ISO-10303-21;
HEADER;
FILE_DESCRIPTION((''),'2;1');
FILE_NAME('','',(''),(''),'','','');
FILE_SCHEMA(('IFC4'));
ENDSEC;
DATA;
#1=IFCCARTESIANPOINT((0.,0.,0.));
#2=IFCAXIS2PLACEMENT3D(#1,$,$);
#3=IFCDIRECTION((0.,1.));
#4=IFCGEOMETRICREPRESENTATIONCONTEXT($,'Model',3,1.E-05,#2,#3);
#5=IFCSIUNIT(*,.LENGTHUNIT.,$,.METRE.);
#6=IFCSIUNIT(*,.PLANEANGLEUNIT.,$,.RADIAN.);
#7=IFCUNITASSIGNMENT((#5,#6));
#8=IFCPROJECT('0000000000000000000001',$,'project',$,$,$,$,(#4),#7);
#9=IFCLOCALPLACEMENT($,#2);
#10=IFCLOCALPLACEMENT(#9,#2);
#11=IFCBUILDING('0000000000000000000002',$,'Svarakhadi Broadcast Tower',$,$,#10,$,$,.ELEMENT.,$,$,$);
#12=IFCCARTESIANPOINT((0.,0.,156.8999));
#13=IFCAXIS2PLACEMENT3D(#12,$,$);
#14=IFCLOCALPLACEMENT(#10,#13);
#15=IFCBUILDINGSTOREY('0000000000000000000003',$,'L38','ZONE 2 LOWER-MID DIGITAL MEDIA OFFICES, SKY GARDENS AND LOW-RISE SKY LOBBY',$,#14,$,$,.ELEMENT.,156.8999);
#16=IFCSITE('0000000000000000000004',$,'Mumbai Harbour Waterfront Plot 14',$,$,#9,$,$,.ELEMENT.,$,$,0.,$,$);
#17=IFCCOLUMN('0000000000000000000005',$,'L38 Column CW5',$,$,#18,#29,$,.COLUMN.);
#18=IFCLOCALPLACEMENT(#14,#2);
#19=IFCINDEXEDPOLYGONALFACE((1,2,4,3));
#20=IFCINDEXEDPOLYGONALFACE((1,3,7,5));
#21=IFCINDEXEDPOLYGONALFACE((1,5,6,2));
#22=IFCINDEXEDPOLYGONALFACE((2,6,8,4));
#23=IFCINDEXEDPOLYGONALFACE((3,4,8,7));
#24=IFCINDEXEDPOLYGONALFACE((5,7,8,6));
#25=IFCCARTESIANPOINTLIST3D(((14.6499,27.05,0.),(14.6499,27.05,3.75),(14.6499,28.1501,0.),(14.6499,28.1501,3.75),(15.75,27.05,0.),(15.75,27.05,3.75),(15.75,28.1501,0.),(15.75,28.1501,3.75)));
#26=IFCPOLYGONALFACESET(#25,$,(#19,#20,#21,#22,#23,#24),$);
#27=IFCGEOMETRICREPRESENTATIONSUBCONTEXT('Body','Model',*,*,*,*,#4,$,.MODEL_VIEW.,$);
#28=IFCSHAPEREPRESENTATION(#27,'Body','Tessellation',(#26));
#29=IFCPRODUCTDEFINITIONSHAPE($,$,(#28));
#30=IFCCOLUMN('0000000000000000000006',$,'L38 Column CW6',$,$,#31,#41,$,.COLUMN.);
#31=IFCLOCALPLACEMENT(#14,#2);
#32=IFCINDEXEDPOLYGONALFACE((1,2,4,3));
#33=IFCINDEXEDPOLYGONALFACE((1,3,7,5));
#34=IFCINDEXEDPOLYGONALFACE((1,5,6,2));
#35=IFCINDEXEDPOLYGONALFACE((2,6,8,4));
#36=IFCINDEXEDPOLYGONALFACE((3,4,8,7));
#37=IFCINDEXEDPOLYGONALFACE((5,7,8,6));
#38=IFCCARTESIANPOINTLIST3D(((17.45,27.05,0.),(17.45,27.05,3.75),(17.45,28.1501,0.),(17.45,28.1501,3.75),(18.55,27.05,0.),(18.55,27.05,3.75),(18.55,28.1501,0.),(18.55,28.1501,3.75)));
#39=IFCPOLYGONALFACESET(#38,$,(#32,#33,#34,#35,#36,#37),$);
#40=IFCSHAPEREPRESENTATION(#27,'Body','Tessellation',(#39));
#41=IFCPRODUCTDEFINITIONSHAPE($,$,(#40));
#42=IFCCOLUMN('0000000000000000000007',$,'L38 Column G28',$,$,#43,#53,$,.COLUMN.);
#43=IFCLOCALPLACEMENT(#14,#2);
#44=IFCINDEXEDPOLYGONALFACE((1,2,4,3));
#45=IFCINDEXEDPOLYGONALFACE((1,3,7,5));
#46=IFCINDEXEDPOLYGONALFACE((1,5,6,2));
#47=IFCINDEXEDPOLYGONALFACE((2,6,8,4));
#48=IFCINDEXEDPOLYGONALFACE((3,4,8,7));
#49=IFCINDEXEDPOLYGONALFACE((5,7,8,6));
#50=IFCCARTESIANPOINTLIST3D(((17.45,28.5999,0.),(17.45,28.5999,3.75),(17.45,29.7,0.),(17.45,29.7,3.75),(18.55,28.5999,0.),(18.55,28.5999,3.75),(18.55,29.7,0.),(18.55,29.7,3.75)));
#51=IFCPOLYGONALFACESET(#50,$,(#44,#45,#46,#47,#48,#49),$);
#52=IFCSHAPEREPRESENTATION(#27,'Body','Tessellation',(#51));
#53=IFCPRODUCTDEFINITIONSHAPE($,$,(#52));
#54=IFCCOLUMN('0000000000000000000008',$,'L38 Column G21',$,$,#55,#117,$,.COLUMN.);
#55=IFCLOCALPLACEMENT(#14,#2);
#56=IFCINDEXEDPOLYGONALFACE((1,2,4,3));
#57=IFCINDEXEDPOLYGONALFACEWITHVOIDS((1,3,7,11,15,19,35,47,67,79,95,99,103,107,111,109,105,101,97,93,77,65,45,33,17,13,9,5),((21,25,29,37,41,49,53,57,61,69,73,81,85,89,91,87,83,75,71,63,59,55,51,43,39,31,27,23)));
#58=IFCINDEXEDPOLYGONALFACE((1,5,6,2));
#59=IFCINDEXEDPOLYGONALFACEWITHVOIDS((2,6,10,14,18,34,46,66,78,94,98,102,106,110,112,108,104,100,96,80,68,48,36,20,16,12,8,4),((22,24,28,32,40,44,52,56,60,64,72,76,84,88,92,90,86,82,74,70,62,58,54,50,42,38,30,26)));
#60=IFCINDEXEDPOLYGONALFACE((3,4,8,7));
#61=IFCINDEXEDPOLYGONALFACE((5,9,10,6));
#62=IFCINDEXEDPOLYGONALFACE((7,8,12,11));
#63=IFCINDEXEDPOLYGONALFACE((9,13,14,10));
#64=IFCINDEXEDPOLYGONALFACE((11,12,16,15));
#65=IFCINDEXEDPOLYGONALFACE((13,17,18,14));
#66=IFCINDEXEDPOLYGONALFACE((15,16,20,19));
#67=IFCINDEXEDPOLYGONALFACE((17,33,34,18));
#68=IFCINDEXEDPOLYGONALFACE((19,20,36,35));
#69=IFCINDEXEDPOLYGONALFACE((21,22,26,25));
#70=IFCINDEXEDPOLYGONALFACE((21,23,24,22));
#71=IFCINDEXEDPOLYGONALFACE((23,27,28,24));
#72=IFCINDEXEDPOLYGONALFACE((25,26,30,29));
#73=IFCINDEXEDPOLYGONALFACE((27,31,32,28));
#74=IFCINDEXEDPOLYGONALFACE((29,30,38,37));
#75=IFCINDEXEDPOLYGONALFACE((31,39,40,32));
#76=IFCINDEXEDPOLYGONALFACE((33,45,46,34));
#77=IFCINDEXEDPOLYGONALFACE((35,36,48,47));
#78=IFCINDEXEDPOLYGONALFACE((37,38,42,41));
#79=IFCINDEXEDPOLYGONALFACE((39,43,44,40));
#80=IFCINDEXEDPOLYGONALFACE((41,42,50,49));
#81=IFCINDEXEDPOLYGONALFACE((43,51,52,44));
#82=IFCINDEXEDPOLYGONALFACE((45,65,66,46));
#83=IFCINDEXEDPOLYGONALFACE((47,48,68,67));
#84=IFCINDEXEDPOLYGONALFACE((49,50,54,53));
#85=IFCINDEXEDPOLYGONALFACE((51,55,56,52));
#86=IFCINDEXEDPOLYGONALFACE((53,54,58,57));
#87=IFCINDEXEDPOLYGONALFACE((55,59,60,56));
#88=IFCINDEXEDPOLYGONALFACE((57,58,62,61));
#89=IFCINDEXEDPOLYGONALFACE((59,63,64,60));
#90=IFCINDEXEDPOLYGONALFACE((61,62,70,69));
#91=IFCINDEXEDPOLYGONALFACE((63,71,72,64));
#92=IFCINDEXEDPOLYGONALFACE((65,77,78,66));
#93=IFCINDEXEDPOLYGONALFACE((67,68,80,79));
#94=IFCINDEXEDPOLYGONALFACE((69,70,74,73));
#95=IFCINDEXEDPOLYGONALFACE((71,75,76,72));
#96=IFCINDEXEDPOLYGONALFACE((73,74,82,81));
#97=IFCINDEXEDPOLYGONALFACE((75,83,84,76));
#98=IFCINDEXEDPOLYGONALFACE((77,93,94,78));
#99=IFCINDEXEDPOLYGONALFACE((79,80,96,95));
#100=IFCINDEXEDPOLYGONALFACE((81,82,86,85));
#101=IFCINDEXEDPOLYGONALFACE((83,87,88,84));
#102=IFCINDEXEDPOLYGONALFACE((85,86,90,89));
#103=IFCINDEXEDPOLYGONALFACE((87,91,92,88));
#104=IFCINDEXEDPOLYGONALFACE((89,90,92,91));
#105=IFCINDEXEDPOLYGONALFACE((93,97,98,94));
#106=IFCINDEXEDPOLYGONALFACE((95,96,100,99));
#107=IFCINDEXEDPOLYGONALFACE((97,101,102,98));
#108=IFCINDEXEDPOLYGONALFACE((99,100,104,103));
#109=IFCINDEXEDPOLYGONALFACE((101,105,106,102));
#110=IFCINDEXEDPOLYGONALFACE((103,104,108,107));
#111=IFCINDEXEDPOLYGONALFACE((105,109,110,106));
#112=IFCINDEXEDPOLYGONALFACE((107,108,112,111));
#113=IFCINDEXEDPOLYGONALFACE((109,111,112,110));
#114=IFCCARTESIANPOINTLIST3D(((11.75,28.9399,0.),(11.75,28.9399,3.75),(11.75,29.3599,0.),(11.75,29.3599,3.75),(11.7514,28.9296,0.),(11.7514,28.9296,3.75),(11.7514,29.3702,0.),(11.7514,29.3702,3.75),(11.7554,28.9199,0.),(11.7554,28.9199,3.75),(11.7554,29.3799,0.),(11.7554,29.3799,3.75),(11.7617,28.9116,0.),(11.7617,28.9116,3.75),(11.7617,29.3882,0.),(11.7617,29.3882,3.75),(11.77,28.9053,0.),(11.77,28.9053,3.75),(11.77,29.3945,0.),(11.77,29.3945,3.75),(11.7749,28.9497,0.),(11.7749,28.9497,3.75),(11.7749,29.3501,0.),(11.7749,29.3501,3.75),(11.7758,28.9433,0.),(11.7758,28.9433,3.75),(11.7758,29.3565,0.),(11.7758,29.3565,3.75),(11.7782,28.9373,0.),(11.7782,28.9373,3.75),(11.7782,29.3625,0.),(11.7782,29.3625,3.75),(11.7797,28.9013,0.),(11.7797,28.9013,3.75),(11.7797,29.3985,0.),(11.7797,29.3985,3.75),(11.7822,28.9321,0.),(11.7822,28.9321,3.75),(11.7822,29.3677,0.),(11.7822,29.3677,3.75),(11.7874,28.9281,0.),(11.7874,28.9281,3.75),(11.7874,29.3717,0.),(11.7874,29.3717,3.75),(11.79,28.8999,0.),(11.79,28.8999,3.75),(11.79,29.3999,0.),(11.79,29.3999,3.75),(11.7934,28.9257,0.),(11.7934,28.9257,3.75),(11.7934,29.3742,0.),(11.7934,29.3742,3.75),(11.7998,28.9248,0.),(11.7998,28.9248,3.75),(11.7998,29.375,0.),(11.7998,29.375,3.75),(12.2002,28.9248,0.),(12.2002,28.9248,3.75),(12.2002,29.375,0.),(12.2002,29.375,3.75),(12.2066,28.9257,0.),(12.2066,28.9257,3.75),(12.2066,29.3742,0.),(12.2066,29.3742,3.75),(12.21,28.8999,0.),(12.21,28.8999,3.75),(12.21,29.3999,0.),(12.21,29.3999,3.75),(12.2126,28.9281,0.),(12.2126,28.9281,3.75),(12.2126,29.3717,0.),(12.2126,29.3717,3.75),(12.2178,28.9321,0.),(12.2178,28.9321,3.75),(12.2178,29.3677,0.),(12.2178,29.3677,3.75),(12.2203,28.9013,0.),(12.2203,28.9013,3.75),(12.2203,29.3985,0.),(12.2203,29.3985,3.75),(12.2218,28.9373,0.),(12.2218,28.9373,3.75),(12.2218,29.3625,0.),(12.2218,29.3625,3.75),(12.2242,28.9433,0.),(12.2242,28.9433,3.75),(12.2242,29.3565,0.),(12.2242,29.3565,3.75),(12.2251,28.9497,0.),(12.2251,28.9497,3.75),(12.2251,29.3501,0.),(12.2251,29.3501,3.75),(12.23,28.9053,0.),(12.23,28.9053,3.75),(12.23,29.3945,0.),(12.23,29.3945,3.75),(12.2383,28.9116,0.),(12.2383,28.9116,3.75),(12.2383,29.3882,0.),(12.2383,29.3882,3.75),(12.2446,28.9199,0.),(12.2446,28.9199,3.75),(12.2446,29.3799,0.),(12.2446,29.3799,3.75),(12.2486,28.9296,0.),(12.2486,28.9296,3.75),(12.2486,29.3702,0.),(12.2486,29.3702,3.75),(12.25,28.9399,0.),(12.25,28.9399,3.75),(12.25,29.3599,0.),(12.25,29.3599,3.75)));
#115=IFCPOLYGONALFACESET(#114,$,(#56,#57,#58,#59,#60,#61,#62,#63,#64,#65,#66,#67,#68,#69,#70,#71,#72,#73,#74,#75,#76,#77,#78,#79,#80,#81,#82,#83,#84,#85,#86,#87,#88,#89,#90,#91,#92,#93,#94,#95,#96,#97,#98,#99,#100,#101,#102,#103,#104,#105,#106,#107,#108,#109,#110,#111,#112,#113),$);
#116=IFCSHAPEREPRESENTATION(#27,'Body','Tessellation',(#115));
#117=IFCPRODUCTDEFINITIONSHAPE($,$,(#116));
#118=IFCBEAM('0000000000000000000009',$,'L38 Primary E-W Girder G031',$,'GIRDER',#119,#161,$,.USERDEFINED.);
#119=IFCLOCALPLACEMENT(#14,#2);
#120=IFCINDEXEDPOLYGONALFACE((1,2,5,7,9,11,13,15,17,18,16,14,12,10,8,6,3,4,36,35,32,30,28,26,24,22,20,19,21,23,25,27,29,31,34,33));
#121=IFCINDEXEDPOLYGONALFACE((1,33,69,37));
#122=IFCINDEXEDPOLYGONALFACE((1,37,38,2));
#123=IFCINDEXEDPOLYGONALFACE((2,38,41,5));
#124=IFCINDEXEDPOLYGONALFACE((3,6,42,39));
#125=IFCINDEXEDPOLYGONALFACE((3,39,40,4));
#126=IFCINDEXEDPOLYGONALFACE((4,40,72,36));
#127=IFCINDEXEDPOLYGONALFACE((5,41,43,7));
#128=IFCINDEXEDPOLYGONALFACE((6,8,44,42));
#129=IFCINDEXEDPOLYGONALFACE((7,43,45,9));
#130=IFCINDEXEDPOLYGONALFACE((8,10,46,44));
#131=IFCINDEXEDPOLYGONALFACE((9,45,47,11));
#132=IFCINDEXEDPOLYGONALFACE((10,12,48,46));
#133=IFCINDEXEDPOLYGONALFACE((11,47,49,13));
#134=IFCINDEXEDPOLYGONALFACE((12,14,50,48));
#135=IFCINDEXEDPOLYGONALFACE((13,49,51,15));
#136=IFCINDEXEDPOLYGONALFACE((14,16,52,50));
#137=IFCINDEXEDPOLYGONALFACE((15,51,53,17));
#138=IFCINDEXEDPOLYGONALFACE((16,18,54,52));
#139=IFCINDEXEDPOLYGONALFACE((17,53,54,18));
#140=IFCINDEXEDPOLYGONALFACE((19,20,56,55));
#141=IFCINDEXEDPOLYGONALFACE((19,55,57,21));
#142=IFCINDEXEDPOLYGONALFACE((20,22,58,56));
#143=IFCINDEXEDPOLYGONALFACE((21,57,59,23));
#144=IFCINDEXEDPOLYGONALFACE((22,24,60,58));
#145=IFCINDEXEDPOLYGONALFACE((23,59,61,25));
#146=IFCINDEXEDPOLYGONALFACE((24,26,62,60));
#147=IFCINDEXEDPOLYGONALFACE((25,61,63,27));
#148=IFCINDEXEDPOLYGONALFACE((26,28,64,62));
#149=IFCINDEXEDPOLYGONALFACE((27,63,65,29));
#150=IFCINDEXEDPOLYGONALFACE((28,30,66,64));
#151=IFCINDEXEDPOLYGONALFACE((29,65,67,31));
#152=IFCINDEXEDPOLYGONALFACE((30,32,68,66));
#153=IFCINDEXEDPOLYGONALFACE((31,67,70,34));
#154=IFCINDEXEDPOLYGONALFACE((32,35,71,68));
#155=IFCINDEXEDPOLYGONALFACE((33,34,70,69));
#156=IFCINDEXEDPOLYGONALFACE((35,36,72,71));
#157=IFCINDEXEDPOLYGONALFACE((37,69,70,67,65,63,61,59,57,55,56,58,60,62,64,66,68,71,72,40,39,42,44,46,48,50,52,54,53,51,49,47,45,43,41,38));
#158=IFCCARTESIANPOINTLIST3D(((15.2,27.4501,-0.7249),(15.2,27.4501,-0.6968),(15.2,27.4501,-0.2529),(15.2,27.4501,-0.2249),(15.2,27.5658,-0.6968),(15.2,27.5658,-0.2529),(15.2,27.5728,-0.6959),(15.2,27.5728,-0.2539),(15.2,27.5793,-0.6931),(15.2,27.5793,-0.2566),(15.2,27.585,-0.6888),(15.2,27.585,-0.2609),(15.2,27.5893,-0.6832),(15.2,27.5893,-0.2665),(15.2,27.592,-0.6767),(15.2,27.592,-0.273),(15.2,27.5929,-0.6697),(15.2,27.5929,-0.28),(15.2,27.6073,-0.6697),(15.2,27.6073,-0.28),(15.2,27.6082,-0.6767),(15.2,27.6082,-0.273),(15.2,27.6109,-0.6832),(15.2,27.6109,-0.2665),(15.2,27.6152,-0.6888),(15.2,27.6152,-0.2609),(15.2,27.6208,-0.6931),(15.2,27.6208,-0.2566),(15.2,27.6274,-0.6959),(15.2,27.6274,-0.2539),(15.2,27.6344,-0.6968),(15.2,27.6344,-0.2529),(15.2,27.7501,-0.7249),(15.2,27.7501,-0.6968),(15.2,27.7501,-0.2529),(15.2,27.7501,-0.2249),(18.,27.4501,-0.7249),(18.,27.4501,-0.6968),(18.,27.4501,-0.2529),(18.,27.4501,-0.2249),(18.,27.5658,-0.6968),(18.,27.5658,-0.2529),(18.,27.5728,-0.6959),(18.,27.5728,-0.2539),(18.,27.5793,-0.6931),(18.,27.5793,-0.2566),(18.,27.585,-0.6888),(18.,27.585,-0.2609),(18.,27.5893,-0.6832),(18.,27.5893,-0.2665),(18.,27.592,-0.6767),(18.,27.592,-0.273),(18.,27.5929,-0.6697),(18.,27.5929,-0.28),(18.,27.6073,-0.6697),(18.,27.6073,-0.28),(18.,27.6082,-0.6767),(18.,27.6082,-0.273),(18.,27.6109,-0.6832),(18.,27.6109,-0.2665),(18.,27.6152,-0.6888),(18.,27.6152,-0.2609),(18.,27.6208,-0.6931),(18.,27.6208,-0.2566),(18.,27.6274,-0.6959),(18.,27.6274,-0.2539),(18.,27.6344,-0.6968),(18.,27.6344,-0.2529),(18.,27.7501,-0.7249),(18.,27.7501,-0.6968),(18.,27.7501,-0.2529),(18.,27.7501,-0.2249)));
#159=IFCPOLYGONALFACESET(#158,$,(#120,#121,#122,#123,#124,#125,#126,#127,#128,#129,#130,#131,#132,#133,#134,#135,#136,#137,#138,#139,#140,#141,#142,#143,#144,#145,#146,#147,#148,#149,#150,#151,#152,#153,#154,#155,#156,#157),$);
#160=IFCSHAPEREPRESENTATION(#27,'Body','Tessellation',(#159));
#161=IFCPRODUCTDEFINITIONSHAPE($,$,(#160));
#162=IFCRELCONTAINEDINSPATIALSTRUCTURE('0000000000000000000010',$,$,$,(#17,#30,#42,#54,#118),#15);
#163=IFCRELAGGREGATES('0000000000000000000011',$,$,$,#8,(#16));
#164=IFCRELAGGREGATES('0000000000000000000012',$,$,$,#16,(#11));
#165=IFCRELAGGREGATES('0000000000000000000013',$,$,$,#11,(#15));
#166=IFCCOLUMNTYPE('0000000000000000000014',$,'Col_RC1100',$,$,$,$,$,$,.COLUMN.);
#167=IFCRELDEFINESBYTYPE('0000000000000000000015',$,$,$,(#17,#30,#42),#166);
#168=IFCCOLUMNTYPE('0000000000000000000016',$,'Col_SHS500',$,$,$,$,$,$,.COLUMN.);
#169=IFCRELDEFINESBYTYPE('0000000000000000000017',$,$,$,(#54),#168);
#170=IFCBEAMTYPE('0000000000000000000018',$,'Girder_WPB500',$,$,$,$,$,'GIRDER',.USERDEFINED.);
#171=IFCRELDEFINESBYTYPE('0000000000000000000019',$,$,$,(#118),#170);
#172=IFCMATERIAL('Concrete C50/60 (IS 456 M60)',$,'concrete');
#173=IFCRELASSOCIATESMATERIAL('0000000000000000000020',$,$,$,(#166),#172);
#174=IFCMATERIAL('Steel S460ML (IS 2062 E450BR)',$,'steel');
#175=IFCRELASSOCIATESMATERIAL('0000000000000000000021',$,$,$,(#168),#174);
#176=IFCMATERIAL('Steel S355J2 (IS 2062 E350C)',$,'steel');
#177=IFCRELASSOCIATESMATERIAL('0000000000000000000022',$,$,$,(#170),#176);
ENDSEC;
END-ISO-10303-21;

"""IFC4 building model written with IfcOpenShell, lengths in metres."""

from ifc_helpers import new_model, si_unit, direction, frame, origin, origin_2d, place, context, subcontext, project, spatial, rectangle, hollow_rectangle, i_section, extrude, material, material_profile, profile_set, type_object, element, save


model = new_model("IFC4")

# Units and contexts
model_context = context("Model", 3, precision=1e-05, world=origin(), true_north=direction((0.0, 1.0)))
body_context = subcontext(model_context, "Body", "Model", "MODEL_VIEW")
ifc_project = project(units=[si_unit("LENGTHUNIT", "METRE"), si_unit("PLANEANGLEUNIT", "RADIAN")], contexts=[model_context])

# Site, building, storey
site_placement = place(None, origin())
site = spatial("IfcSite", under=ifc_project, at=site_placement, Name="Mumbai Harbour Waterfront Plot 14", CompositionType="ELEMENT", RefElevation=0.0)
building_placement = place(site_placement, origin())
building = spatial("IfcBuilding", under=site, at=building_placement, Name="Svarakhadi Broadcast Tower", CompositionType="ELEMENT")
storey_placement = place(building_placement, frame((0.0, 0.0, 156.8999)))
storey = spatial("IfcBuildingStorey", under=building, at=storey_placement, Name="L38", Description="ZONE 2 LOWER-MID DIGITAL MEDIA OFFICES, SKY GARDENS AND LOW-RISE SKY LOBBY", CompositionType="ELEMENT", Elevation=156.8999)

# Columns
ifc_material_1 = material(Name="Concrete C50/60 (IS 456 M60)", Category="concrete")
ifc_material_profile_1 = material_profile(ifc_material_1, rectangle(XDim=1.1001, YDim=1.1001, at=origin_2d()), Name="RC 1100x1100")
ifc_profile_set_1 = profile_set([ifc_material_profile_1], Name="Concrete C50/60 (IS 456 M60)")
column_type_1 = type_object("IfcColumnType", Name="Col_RC1100", PredefinedType="COLUMN", material=ifc_profile_set_1)
for number, where, z_axis, x_axis, name in (
    (1, (15.2, 27.6001, 0.0), (0.0, 0.0, 1.0), (1.0, 0.0, 0.0), "L38 Column CW5"),
    (2, (18.0, 27.6001, 0.0), (0.0, 0.0, 1.0), (1.0, 0.0, 0.0), "L38 Column CW6"),
    (3, (18.0, 29.1499, 0.0), (0.0, 0.0, 1.0), (1.0, 0.0, 0.0), "L38 Column G28"),
):
    element("IfcColumn", number, at=place(storey_placement, frame(where, z_axis=z_axis, x_axis=x_axis)), inside=storey, type_object=column_type_1, Name=name, PredefinedType="COLUMN", context=body_context, shape_type="SweptSolid", body=[
        extrude(rectangle(XDim=1.1001, YDim=1.1001, at=origin_2d()), origin(), (0.0, 0.0, 1.0), 3.75),
    ])
ifc_material_2 = material(Name="Steel S460ML (IS 2062 E450BR)", Category="steel")
ifc_material_profile_2 = material_profile(ifc_material_2, hollow_rectangle(XDim=0.5, YDim=0.5, WallThickness=0.0249, InnerFilletRadius=0.0249, OuterFilletRadius=0.04, at=origin_2d()), Name="SHS 500x500x25")
ifc_profile_set_2 = profile_set([ifc_material_profile_2], Name="Steel S460ML (IS 2062 E450BR)")
column_type_2 = type_object("IfcColumnType", Name="Col_SHS500", PredefinedType="COLUMN", material=ifc_profile_set_2)
column_placement = place(storey_placement, frame((12.0, 29.1499, 0.0), z_axis=(0.0, 0.0, 1.0), x_axis=(1.0, 0.0, 0.0)))
element("IfcColumn", 4, at=column_placement, inside=storey, type_object=column_type_2, Name="L38 Column G21", PredefinedType="COLUMN", context=body_context, shape_type="SweptSolid", body=[
    extrude(hollow_rectangle(XDim=0.5, YDim=0.5, WallThickness=0.0249, InnerFilletRadius=0.0249, OuterFilletRadius=0.04, at=origin_2d()), origin(), (0.0, 0.0, 1.0), 3.75),
])

# Beam
ifc_material_3 = material(Name="Steel S355J2 (IS 2062 E350C)", Category="steel")
ifc_material_profile_3 = material_profile(ifc_material_3, i_section(OverallWidth=0.3, OverallDepth=0.5, WebThickness=0.0144, FlangeThickness=0.0281, FilletRadius=0.0271, at=origin_2d()), Name="WPB 500x300x187")
ifc_profile_set_3 = profile_set([ifc_material_profile_3], Name="Steel S355J2 (IS 2062 E350C)")
beam_type = type_object("IfcBeamType", Name="Girder_WPB500", ElementType="GIRDER", PredefinedType="USERDEFINED", material=ifc_profile_set_3)
beam_placement = place(storey_placement, frame((15.2, 27.6001, -0.4749), z_axis=(1.0, 0.0, 0.0), x_axis=(0.0, 1.0, 0.0)))
element("IfcBeam", 5, at=beam_placement, inside=storey, type_object=beam_type, Name="L38 Primary E-W Girder G031", ObjectType="GIRDER", PredefinedType="USERDEFINED", context=body_context, shape_type="SweptSolid", body=[
    extrude(i_section(OverallWidth=0.3, OverallDepth=0.5, WebThickness=0.0144, FlangeThickness=0.0281, FilletRadius=0.0271, at=origin_2d()), origin(), (0.0, 0.0, 1.0), 2.8),
])

save(model, "model.ifc")
